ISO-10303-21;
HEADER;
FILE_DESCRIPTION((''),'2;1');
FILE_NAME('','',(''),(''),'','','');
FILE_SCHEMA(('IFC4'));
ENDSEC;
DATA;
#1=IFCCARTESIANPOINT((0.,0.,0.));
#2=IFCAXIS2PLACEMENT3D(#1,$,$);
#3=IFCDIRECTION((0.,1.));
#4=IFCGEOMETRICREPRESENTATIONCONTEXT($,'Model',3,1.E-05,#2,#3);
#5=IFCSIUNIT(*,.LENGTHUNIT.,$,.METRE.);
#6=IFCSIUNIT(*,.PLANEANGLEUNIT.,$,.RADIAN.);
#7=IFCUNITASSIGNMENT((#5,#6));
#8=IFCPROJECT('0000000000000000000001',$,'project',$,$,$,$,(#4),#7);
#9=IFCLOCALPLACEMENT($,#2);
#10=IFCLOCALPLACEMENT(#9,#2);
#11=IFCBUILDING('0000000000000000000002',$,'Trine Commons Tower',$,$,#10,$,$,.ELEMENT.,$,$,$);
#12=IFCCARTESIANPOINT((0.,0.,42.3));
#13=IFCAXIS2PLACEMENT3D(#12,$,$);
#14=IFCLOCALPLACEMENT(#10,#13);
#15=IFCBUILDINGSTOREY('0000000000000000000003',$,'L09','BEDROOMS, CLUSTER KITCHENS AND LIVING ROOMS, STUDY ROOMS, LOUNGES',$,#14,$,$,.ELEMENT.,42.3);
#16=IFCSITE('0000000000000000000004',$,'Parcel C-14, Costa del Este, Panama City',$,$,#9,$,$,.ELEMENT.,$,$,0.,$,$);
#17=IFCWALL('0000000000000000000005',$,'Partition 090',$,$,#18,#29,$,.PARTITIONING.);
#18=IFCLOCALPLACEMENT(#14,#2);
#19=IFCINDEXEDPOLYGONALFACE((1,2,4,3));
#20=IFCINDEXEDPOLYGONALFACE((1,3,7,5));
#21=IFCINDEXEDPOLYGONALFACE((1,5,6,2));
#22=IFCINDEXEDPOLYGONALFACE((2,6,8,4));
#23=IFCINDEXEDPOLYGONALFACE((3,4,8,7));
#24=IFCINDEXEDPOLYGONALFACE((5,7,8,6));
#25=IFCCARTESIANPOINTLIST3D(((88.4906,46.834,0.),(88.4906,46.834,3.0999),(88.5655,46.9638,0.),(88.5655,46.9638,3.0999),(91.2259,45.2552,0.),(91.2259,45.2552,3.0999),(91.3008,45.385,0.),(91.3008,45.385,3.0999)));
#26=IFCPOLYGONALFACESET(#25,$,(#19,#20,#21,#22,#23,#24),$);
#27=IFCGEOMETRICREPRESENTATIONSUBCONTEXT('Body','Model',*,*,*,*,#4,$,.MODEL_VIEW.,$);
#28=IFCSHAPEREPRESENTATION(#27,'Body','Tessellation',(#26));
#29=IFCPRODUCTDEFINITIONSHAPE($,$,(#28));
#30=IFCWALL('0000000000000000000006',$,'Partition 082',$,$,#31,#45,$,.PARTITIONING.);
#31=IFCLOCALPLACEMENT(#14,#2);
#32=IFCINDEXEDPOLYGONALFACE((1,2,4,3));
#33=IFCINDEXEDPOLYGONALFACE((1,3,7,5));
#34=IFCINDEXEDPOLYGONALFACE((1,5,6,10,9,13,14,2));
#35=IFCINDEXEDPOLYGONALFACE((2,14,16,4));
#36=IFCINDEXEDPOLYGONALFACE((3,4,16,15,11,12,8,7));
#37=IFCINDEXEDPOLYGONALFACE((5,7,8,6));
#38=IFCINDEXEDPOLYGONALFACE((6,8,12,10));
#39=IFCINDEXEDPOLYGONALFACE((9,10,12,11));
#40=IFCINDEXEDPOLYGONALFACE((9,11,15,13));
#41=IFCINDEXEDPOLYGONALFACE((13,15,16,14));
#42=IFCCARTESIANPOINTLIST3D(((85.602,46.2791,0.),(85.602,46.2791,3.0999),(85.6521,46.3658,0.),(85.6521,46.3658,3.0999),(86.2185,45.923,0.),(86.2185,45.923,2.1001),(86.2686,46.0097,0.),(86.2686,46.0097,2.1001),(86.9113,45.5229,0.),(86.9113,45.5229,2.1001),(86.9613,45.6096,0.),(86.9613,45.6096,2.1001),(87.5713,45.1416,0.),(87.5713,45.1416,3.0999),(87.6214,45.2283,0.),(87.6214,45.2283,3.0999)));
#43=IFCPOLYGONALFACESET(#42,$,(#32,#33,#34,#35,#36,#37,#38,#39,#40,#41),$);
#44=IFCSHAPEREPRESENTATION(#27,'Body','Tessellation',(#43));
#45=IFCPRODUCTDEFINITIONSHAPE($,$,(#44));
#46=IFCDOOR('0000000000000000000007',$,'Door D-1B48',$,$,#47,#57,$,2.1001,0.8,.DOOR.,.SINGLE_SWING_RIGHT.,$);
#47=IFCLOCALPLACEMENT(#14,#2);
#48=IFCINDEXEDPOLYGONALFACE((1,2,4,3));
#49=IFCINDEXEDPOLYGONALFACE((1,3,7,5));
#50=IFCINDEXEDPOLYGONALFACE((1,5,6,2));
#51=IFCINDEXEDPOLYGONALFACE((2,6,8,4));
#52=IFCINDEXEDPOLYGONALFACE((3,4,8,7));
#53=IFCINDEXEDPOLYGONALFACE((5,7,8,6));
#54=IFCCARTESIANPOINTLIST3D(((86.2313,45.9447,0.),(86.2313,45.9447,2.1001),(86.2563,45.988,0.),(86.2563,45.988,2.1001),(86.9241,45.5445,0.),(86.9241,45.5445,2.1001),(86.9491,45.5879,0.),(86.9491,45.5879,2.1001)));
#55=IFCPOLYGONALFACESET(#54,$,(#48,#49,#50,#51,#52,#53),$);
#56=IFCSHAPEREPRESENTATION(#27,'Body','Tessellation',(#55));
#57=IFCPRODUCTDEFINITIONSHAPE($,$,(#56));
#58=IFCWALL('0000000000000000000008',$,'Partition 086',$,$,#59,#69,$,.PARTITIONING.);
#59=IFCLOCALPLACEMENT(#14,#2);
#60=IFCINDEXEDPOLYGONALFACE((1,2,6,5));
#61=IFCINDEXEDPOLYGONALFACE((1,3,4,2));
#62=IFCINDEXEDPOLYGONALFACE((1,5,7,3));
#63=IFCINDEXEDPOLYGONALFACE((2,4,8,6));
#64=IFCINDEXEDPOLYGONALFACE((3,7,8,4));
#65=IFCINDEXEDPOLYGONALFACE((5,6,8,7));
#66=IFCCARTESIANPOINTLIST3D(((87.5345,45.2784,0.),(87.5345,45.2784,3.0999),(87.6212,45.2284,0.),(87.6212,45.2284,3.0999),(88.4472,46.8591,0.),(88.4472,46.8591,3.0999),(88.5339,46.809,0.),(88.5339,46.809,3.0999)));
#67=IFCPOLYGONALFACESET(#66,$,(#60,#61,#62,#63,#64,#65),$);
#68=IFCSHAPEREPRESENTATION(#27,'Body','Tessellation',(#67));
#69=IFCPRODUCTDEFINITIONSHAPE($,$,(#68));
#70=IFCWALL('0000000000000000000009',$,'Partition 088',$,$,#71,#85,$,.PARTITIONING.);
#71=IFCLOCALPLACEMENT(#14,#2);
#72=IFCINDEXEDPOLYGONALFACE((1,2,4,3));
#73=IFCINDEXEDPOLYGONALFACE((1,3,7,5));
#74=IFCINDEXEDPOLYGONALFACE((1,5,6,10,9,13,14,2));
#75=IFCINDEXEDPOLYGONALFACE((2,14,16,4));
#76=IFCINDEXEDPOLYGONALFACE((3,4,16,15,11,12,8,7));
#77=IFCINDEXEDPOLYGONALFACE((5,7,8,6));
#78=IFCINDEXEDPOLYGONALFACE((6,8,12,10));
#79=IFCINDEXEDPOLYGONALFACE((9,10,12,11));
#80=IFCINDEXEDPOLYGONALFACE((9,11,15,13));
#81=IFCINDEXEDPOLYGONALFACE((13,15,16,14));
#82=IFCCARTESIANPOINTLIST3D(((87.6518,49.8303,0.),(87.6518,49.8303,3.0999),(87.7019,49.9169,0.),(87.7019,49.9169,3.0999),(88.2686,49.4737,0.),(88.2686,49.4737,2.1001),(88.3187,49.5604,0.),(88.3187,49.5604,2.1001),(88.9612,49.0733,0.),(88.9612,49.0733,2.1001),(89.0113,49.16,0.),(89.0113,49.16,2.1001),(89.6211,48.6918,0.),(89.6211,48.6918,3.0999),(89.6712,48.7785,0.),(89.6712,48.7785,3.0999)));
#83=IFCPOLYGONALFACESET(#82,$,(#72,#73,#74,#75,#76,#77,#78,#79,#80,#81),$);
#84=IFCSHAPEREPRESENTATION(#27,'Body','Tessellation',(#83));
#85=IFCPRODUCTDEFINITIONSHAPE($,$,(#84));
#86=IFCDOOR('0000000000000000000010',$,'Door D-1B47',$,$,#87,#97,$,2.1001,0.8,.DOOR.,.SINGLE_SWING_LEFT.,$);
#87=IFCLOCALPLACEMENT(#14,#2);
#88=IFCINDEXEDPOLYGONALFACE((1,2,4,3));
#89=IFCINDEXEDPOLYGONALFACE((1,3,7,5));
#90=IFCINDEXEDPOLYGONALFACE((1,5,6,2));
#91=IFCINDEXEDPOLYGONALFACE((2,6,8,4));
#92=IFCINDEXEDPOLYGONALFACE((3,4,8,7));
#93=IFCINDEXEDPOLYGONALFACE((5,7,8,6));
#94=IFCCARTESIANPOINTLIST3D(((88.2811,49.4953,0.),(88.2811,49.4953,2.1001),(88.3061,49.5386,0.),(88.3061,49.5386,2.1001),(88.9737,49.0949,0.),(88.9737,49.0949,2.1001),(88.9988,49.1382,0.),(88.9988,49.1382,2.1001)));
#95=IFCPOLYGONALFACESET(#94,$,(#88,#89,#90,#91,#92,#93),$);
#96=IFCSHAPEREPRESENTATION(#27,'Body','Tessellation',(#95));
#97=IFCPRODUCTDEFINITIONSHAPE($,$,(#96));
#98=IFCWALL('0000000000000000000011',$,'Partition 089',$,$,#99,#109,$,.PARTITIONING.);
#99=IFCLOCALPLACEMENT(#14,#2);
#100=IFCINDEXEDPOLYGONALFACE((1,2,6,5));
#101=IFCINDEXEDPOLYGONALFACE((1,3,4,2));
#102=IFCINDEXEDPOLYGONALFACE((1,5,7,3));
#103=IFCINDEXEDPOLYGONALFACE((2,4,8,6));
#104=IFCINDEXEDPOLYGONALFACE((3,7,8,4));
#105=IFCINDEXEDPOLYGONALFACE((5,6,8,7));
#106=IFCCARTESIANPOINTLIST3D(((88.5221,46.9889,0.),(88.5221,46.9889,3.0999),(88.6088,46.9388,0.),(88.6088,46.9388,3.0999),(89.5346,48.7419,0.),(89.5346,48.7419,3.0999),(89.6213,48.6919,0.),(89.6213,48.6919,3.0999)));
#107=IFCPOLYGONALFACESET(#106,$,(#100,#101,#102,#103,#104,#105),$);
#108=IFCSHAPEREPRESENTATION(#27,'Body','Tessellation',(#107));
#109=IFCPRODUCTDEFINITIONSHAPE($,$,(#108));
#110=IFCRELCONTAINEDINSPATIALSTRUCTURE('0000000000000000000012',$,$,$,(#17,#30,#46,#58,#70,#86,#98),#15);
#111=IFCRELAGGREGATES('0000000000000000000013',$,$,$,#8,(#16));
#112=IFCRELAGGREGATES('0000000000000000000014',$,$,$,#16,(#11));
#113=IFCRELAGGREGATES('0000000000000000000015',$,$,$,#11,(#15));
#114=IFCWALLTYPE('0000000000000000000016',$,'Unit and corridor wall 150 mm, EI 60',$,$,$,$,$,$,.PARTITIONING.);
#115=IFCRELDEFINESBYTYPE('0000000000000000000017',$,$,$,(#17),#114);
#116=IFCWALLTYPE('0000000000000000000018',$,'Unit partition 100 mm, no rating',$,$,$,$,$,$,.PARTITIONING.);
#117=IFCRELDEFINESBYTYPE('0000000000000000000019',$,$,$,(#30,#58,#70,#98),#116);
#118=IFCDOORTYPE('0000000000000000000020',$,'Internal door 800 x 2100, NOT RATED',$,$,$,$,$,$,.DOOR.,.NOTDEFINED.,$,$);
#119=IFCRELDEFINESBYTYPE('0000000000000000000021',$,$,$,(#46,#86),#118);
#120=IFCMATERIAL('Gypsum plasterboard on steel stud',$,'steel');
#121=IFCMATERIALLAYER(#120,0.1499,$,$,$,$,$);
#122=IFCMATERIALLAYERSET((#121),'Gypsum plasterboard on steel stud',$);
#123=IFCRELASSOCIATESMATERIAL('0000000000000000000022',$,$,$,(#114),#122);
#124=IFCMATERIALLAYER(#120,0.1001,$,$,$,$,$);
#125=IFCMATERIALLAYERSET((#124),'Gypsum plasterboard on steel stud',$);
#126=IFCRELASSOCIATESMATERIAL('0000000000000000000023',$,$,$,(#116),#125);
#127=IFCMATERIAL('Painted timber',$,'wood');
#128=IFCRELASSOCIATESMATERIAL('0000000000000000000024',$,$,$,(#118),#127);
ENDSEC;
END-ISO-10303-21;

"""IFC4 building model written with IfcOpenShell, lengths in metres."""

from ifc_helpers import new_model, si_unit, direction, frame, frame_2d, origin, place, context, subcontext, project, spatial, rectangle, extrude, material, layer, layer_set, type_object, element, fill, save


model = new_model("IFC4")

# Units and contexts
model_context = context("Model", 3, precision=1e-05, world=origin(), true_north=direction((0.0, 1.0)))
body_context = subcontext(model_context, "Body", "Model", "MODEL_VIEW")
ifc_project = project(units=[si_unit("LENGTHUNIT", "METRE"), si_unit("PLANEANGLEUNIT", "RADIAN")], contexts=[model_context])

# Site, building, storey
site_placement = place(None, origin())
site = spatial("IfcSite", under=ifc_project, at=site_placement, Name="Parcel C-14, Costa del Este, Panama City", CompositionType="ELEMENT", RefElevation=0.0)
building_placement = place(site_placement, origin())
building = spatial("IfcBuilding", under=site, at=building_placement, Name="Trine Commons Tower", CompositionType="ELEMENT")
storey_placement = place(building_placement, frame((0.0, 0.0, 42.3)))
storey = spatial("IfcBuildingStorey", under=building, at=storey_placement, Name="L09", Description="BEDROOMS, CLUSTER KITCHENS AND LIVING ROOMS, STUDY ROOMS, LOUNGES", CompositionType="ELEMENT", Elevation=42.3)

# Shared definitions
ifc_material_1 = material(Name="Gypsum plasterboard on steel stud", Category="steel")
ifc_layer_1 = layer(ifc_material_1, 0.1499)
ifc_layer_set_1 = layer_set([ifc_layer_1], Name="Gypsum plasterboard on steel stud")
wall_type_1 = type_object("IfcWallType", Name="Unit and corridor wall 150 mm, EI 60", PredefinedType="PARTITIONING", material=ifc_layer_set_1)

# Wall
wall_1_placement = place(storey_placement, frame((88.5281, 46.8989, 0.0), z_axis=(0.0, 0.0, 1.0), x_axis=(0.86608, -0.499905, 0.0)))
element("IfcWall", 1, at=wall_1_placement, inside=storey, type_object=wall_type_1, Name="Partition 090", PredefinedType="PARTITIONING", context=body_context, shape_type="SweptSolid", body=[
    extrude(rectangle(XDim=3.1582, YDim=0.1499, at=frame_2d((1.5791, 0.0))), origin(), (0.0, 0.0, 1.0), 3.0999),
])

# Wall, opening, door
ifc_layer_2 = layer(ifc_material_1, 0.1001)
ifc_layer_set_2 = layer_set([ifc_layer_2], Name="Gypsum plasterboard on steel stud")
wall_type_2 = type_object("IfcWallType", Name="Unit partition 100 mm, no rating", PredefinedType="PARTITIONING", material=ifc_layer_set_2)
wall_2_placement = place(storey_placement, frame((85.627, 46.3225, 0.0), z_axis=(0.0, 0.0, 1.0), x_axis=(0.865928, -0.500168, 0.0)))
wall_2 = element("IfcWall", 2, at=wall_2_placement, inside=storey, type_object=wall_type_2, Name="Partition 082", PredefinedType="PARTITIONING", context=body_context, shape_type="SweptSolid", body=[
    extrude(rectangle(XDim=2.2742, YDim=0.1001, at=frame_2d((1.1372, 0.0))), origin(), (0.0, 0.0, 1.0), 3.0999),
])
opening_1_placement = place(wall_2_placement, frame((0.7122, 0.0, 0.0)))
opening_1 = element("IfcOpeningElement", 3, at=opening_1_placement, cuts=wall_2, PredefinedType="OPENING", context=body_context, shape_type="SweptSolid", body=[
    extrude(rectangle(XDim=0.8, YDim=2.1001, at=frame_2d((0.3999, 1.05))), frame((0.0, 0.0601, 0.0), z_axis=(0.0, -1.0, 0.0), x_axis=(1.0, 0.0, 0.0)), (0.0, 0.0, 1.0), 0.1201),
])
ifc_material_2 = material(Name="Painted timber", Category="wood")
door_type_1 = type_object("IfcDoorType", Name="Internal door 800 x 2100, NOT RATED", OperationType="NOTDEFINED", PredefinedType="DOOR", material=ifc_material_2)
door_1_placement = place(opening_1_placement, frame((0.8, 0.0, 0.0), z_axis=(0.0, 0.0, 1.0), x_axis=(-1.0, 0.0, 0.0)))
door_1 = element("IfcDoor", 4, at=door_1_placement, inside=storey, type_object=door_type_1, Name="Door D-1B48", OperationType="SINGLE_SWING_RIGHT", OverallHeight=2.1001, OverallWidth=0.8, PredefinedType="DOOR", context=body_context, shape_type="SweptSolid", body=[
    extrude(rectangle(XDim=0.8, YDim=2.1001, at=frame_2d((0.3999, 1.05))), frame((0.0, 0.0249, 0.0), z_axis=(0.0, -1.0, 0.0), x_axis=(1.0, 0.0, 0.0)), (0.0, 0.0, 1.0), 0.05),
])
fill(opening_1, door_1)

# Wall
wall_3_placement = place(storey_placement, frame((87.5779, 45.2534, 0.0), z_axis=(0.0, 0.0, 1.0), x_axis=(0.500024, 0.866012, 0.0)))
element("IfcWall", 5, at=wall_3_placement, inside=storey, type_object=wall_type_2, Name="Partition 086", PredefinedType="PARTITIONING", context=body_context, shape_type="SweptSolid", body=[
    extrude(rectangle(XDim=1.8252, YDim=0.1001, at=frame_2d((0.9126, 0.0))), origin(), (0.0, 0.0, 1.0), 3.0999),
])

# Wall, opening, door
wall_4_placement = place(storey_placement, frame((87.677, 49.8735, 0.0), z_axis=(0.0, 0.0, 1.0), x_axis=(0.865742, -0.50049, 0.0)))
wall_4 = element("IfcWall", 6, at=wall_4_placement, inside=storey, type_object=wall_type_2, Name="Partition 088", PredefinedType="PARTITIONING", context=body_context, shape_type="SweptSolid", body=[
    extrude(rectangle(XDim=2.2747, YDim=0.1001, at=frame_2d((1.1372, 0.0))), origin(), (0.0, 0.0, 1.0), 3.0999),
])
opening_2_placement = place(wall_4_placement, frame((0.7124, 0.0, 0.0)))
opening_2 = element("IfcOpeningElement", 7, at=opening_2_placement, cuts=wall_4, PredefinedType="OPENING", context=body_context, shape_type="SweptSolid", body=[
    extrude(rectangle(XDim=0.8, YDim=2.1001, at=frame_2d((0.3999, 1.05))), frame((0.0, 0.0601, 0.0), z_axis=(0.0, -1.0, 0.0), x_axis=(1.0, 0.0, 0.0)), (0.0, 0.0, 1.0), 0.1201),
])
door_2_placement = place(opening_2_placement, origin())
door_2 = element("IfcDoor", 8, at=door_2_placement, inside=storey, type_object=door_type_1, Name="Door D-1B47", OperationType="SINGLE_SWING_LEFT", OverallHeight=2.1001, OverallWidth=0.8, PredefinedType="DOOR", context=body_context, shape_type="SweptSolid", body=[
    extrude(rectangle(XDim=0.8, YDim=2.1001, at=frame_2d((0.3999, 1.05))), frame((0.0, 0.0249, 0.0), z_axis=(0.0, -1.0, 0.0), x_axis=(1.0, 0.0, 0.0)), (0.0, 0.0, 1.0), 0.05),
])
fill(opening_2, door_2)

# Wall
wall_5_placement = place(storey_placement, frame((88.5654, 46.9639, 0.0), z_axis=(0.0, 0.0, 1.0), x_axis=(0.500147, 0.865941, 0.0)))
element("IfcWall", 9, at=wall_5_placement, inside=storey, type_object=wall_type_2, Name="Partition 089", PredefinedType="PARTITIONING", context=body_context, shape_type="SweptSolid", body=[
    extrude(rectangle(XDim=2.0244, YDim=0.1001, at=frame_2d((1.0122, 0.0))), origin(), (0.0, 0.0, 1.0), 3.0999),
])

save(model, "model.ifc")
